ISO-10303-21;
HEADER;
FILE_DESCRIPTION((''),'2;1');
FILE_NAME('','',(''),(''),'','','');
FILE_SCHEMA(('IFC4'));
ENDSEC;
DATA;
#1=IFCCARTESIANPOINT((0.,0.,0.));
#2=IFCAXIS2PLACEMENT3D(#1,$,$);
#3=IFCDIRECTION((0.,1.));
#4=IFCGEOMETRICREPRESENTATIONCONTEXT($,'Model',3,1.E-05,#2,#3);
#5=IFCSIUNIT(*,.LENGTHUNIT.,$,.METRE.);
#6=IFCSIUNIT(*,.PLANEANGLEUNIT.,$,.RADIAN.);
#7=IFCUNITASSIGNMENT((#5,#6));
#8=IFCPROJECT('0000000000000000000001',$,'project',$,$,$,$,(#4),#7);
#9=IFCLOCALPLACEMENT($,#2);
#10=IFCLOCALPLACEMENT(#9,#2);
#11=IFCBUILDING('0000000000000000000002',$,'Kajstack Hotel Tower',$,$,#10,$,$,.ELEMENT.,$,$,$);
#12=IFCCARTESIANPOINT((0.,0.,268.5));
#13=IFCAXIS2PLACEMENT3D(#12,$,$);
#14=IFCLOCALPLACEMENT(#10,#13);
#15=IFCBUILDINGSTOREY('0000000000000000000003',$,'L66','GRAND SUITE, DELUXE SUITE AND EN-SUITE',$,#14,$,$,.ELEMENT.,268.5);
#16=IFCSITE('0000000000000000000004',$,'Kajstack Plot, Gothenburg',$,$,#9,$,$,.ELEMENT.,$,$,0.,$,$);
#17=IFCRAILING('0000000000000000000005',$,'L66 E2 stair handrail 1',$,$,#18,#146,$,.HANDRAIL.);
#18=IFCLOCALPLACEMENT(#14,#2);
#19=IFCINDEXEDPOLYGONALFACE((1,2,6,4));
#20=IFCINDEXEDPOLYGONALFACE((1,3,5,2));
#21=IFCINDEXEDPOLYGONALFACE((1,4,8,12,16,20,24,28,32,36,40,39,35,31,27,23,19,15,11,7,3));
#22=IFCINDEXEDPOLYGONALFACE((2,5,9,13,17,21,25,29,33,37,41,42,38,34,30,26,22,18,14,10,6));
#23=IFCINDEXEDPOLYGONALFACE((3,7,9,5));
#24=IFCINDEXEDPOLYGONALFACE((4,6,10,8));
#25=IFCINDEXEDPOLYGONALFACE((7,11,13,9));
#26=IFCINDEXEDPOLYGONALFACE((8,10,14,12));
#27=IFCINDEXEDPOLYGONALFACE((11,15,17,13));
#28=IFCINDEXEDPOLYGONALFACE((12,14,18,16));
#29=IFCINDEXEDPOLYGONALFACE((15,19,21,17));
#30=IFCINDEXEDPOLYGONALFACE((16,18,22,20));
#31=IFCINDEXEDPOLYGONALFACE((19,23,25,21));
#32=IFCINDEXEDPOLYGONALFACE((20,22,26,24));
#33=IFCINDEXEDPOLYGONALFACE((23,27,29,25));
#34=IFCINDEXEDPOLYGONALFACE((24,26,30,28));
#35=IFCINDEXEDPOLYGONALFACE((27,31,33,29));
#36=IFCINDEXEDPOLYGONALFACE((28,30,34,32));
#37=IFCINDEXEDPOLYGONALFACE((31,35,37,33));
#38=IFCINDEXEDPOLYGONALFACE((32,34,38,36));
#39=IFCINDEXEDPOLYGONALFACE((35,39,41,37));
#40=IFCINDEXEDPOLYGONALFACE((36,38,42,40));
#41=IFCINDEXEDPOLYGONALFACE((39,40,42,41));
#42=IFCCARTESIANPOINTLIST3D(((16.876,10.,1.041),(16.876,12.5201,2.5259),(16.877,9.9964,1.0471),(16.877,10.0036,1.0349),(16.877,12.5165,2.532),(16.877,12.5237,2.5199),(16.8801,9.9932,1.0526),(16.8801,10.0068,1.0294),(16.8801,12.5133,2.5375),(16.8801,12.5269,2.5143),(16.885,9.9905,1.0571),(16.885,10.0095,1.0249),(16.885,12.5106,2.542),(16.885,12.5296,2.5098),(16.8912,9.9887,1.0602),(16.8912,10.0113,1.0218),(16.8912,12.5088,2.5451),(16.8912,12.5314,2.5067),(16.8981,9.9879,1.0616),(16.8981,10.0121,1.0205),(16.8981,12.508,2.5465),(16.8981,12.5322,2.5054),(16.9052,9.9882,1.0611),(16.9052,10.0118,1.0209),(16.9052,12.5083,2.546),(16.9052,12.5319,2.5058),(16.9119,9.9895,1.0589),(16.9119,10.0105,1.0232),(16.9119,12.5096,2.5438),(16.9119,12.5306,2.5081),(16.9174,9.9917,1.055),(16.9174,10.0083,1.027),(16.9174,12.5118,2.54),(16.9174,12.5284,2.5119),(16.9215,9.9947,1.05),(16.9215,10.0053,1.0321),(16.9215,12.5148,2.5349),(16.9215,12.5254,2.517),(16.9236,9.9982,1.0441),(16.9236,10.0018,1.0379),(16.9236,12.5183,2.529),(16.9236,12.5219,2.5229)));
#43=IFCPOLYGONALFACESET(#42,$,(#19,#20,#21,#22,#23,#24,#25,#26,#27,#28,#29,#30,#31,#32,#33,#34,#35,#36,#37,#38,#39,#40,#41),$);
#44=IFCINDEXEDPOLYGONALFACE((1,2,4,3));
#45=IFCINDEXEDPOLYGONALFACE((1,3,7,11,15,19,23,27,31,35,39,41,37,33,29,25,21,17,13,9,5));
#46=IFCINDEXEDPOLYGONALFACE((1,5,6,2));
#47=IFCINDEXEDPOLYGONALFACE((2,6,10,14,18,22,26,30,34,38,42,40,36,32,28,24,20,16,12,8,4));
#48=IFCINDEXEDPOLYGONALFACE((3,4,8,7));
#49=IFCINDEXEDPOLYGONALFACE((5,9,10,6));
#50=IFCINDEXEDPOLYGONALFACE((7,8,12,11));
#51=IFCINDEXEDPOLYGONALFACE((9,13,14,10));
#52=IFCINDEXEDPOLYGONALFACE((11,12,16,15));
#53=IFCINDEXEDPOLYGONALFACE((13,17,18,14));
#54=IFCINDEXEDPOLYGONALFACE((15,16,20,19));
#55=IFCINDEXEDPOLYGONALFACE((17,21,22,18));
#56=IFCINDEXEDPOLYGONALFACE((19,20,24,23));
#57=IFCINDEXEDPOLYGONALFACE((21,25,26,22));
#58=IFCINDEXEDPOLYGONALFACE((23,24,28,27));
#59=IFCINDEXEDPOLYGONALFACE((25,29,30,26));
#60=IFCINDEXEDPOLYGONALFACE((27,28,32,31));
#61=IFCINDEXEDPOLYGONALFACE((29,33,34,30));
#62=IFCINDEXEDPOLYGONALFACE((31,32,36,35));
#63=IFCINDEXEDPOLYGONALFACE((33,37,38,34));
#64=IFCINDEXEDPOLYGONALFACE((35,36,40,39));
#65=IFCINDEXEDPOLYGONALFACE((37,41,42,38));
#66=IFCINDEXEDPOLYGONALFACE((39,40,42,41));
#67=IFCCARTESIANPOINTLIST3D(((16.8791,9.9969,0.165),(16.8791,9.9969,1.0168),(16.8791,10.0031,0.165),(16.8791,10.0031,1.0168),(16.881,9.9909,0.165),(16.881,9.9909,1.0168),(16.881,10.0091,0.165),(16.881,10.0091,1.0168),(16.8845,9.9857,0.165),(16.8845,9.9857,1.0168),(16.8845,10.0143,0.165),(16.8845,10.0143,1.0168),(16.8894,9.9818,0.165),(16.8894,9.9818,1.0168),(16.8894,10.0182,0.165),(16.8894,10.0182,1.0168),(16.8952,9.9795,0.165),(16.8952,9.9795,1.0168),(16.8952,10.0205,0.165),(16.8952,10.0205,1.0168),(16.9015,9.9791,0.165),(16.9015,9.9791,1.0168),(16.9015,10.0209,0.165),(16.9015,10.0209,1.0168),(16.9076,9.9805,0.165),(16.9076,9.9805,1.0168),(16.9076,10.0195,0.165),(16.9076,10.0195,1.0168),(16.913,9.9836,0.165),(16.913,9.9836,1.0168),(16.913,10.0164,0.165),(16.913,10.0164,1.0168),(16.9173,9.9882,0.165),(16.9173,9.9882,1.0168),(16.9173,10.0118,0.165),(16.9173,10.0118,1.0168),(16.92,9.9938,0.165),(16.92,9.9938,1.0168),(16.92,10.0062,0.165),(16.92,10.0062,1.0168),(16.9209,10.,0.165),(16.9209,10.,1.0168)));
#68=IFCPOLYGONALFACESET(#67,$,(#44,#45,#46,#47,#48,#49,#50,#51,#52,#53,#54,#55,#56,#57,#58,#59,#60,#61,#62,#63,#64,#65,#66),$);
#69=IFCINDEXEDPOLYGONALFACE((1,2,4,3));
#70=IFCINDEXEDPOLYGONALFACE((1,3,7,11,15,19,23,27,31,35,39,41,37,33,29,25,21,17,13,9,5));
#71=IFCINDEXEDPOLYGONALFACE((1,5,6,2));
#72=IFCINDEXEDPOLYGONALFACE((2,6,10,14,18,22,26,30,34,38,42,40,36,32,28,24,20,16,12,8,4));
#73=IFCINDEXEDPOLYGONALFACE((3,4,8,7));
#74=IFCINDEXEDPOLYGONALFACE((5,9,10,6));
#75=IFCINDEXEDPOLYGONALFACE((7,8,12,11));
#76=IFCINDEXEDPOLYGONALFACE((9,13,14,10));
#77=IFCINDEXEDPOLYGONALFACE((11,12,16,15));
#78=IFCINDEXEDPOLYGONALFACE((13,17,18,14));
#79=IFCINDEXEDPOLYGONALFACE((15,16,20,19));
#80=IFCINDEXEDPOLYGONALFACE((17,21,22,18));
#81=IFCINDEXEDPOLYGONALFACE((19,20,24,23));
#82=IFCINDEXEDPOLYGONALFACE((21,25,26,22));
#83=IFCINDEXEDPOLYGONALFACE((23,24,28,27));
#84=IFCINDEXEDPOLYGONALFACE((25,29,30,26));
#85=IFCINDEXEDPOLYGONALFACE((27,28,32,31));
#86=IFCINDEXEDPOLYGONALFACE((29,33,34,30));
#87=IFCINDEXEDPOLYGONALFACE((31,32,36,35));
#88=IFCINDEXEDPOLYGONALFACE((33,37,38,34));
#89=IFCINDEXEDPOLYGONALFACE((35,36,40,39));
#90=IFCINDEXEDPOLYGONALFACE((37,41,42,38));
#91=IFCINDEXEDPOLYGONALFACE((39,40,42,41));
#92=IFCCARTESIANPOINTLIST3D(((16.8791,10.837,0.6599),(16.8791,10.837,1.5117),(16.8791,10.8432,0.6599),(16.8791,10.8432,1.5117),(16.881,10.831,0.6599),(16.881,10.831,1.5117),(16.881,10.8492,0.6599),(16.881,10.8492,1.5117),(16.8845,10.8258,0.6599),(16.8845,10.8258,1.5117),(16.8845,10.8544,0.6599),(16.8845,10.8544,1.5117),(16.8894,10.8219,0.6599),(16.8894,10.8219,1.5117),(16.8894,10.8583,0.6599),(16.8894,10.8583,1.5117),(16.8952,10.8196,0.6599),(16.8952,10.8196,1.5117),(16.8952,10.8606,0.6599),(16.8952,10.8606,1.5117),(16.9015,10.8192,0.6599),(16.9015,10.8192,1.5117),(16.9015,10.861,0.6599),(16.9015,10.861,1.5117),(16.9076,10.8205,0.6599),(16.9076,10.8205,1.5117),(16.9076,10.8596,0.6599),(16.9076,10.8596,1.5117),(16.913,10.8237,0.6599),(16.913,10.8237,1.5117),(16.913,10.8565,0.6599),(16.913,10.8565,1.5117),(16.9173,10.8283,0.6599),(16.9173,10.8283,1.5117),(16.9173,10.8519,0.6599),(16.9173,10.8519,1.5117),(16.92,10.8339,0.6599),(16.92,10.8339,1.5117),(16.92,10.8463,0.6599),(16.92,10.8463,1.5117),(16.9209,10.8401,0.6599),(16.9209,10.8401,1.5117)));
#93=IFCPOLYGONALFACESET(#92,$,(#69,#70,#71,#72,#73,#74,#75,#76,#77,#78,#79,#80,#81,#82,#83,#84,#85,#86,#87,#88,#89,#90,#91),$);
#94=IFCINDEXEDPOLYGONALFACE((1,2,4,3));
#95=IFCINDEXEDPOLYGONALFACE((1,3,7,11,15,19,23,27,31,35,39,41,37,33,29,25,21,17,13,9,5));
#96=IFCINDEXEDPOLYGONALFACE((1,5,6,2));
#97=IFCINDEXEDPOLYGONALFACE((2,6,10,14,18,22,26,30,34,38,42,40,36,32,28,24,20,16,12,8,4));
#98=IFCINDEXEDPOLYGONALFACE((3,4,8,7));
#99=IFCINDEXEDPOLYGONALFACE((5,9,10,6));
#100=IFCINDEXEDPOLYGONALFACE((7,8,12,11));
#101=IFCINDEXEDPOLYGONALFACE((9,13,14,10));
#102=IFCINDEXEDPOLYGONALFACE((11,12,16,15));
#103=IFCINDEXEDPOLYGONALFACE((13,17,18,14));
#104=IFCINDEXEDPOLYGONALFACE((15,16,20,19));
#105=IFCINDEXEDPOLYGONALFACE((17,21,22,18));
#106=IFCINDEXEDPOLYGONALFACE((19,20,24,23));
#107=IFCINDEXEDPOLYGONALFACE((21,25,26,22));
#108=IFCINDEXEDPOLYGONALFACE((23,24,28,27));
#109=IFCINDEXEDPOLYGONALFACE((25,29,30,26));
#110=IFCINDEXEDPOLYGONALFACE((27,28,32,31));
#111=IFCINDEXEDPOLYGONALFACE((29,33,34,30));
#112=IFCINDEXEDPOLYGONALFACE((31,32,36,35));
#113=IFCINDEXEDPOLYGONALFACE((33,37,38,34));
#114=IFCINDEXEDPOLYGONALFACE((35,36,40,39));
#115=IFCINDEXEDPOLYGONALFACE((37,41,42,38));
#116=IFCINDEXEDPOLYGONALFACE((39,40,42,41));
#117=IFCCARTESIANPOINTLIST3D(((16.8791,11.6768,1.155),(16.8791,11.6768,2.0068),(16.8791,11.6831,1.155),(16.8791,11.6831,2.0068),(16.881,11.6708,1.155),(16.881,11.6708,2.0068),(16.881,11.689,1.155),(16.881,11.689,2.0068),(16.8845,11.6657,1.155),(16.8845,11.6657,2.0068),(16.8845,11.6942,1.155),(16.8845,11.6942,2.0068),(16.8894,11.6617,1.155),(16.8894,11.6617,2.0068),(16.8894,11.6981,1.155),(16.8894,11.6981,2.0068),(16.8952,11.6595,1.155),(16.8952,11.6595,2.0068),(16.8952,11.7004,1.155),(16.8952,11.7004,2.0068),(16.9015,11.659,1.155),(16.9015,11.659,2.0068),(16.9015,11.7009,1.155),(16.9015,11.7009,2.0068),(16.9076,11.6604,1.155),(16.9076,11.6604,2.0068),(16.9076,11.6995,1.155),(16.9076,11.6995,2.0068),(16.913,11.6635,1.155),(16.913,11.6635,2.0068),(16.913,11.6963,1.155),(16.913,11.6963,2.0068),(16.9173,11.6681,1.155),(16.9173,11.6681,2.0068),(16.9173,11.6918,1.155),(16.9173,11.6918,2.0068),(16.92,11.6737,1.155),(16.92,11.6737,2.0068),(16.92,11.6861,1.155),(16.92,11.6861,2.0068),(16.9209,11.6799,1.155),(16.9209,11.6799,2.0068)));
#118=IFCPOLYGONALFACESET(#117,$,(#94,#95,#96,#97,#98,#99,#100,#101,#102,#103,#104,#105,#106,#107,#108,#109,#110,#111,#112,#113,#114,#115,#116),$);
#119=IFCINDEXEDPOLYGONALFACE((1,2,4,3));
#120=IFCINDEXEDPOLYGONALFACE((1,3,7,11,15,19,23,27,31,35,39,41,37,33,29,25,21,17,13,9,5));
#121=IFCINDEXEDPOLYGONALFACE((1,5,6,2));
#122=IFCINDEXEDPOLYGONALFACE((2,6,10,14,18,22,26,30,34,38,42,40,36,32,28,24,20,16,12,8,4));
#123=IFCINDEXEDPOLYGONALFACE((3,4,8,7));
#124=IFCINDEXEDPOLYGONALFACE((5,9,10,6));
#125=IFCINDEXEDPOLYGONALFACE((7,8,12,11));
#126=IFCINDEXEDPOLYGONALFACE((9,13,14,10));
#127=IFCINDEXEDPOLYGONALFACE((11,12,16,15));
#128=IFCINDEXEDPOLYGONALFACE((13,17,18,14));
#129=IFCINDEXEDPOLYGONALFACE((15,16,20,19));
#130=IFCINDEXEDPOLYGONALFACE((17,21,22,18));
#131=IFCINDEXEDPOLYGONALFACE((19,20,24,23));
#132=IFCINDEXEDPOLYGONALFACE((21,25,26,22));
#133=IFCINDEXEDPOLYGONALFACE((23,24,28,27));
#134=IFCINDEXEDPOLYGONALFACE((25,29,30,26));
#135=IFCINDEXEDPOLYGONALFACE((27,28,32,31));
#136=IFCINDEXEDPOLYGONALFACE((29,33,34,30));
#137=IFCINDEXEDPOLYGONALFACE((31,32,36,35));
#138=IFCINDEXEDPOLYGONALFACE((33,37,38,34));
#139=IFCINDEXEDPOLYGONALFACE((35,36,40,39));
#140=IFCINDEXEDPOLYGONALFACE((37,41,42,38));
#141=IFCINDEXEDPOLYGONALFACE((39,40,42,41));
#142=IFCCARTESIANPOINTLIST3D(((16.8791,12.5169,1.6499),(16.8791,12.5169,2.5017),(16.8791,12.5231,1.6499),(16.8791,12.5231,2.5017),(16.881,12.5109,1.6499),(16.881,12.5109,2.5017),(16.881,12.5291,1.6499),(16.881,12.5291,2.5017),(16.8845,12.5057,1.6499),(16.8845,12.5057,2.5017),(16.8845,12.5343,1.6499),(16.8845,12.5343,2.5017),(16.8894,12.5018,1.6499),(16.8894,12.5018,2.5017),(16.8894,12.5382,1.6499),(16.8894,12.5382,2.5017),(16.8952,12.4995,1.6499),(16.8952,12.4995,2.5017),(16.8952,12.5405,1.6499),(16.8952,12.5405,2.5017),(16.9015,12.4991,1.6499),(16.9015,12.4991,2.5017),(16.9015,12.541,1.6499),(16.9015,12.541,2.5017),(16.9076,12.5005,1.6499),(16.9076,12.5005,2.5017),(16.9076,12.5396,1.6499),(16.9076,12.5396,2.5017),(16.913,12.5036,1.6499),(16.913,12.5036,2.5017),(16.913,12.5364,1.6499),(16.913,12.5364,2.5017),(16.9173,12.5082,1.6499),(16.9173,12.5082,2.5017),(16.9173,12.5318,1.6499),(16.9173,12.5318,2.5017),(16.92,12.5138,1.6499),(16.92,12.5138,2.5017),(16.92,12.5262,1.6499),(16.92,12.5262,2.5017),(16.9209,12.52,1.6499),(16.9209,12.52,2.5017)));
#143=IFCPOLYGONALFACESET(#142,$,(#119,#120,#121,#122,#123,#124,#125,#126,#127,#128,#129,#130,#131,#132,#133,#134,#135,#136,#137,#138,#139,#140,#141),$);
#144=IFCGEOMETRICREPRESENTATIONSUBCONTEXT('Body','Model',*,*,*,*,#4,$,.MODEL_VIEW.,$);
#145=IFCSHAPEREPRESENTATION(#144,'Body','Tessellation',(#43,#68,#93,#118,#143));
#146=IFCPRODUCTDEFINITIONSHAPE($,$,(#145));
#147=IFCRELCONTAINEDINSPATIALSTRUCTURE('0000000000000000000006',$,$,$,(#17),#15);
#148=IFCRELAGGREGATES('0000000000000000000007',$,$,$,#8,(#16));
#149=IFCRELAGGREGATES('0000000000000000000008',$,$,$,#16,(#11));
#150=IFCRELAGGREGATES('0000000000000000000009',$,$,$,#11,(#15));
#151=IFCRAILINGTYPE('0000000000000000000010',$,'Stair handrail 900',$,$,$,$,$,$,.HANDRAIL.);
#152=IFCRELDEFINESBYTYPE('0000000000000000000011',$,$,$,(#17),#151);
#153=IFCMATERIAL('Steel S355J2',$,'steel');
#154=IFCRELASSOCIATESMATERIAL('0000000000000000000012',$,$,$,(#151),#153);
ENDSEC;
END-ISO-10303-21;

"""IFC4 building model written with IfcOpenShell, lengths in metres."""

from ifc_helpers import new_model, si_unit, direction, frame, origin, origin_2d, place, context, subcontext, project, spatial, circle, extrude, material, type_object, element, save


model = new_model("IFC4")

# Units and contexts
model_context = context("Model", 3, precision=1e-05, world=origin(), true_north=direction((0.0, 1.0)))
body_context = subcontext(model_context, "Body", "Model", "MODEL_VIEW")
ifc_project = project(units=[si_unit("LENGTHUNIT", "METRE"), si_unit("PLANEANGLEUNIT", "RADIAN")], contexts=[model_context])

# Site, building, storey
site_placement = place(None, origin())
site = spatial("IfcSite", under=ifc_project, at=site_placement, Name="Kajstack Plot, Gothenburg", CompositionType="ELEMENT", RefElevation=0.0)
building_placement = place(site_placement, origin())
building = spatial("IfcBuilding", under=site, at=building_placement, Name="Kajstack Hotel Tower", CompositionType="ELEMENT")
storey_placement = place(building_placement, frame((0.0, 0.0, 268.5)))
storey = spatial("IfcBuildingStorey", under=building, at=storey_placement, Name="L66", Description="GRAND SUITE, DELUXE SUITE AND EN-SUITE", CompositionType="ELEMENT", Elevation=268.5)

# Railing
ifc_material_1 = material(Name="Steel S355J2", Category="steel")
railing_type = type_object("IfcRailingType", Name="Stair handrail 900", PredefinedType="HANDRAIL", material=ifc_material_1)
railing_placement = place(storey_placement, frame((16.8999, 10.0, 0.165)))
element("IfcRailing", 1, at=railing_placement, inside=storey, type_object=railing_type, Name="L66 E2 stair handrail 1", PredefinedType="HANDRAIL", context=body_context, shape_type="SweptSolid", body=[
    extrude(circle(Radius=0.0239, at=origin_2d()), frame((0.0, 0.0, 0.876), z_axis=(0.0, 0.861561, 0.507655), x_axis=(-1.0, 0.0, 0.0)), (0.0, 0.0, 1.0), 2.925),
    extrude(circle(Radius=0.021, at=origin_2d()), origin(), (0.0, 0.0, 1.0), 0.8518),
    extrude(circle(Radius=0.021, at=origin_2d()), frame((0.0, 0.8401, 0.4949)), (0.0, 0.0, 1.0), 0.8518),
    extrude(circle(Radius=0.021, at=origin_2d()), frame((0.0, 1.6799, 0.99)), (0.0, 0.0, 1.0), 0.8518),
    extrude(circle(Radius=0.021, at=origin_2d()), frame((0.0, 2.52, 1.4849)), (0.0, 0.0, 1.0), 0.8518),
])

save(model, "model.ifc")
